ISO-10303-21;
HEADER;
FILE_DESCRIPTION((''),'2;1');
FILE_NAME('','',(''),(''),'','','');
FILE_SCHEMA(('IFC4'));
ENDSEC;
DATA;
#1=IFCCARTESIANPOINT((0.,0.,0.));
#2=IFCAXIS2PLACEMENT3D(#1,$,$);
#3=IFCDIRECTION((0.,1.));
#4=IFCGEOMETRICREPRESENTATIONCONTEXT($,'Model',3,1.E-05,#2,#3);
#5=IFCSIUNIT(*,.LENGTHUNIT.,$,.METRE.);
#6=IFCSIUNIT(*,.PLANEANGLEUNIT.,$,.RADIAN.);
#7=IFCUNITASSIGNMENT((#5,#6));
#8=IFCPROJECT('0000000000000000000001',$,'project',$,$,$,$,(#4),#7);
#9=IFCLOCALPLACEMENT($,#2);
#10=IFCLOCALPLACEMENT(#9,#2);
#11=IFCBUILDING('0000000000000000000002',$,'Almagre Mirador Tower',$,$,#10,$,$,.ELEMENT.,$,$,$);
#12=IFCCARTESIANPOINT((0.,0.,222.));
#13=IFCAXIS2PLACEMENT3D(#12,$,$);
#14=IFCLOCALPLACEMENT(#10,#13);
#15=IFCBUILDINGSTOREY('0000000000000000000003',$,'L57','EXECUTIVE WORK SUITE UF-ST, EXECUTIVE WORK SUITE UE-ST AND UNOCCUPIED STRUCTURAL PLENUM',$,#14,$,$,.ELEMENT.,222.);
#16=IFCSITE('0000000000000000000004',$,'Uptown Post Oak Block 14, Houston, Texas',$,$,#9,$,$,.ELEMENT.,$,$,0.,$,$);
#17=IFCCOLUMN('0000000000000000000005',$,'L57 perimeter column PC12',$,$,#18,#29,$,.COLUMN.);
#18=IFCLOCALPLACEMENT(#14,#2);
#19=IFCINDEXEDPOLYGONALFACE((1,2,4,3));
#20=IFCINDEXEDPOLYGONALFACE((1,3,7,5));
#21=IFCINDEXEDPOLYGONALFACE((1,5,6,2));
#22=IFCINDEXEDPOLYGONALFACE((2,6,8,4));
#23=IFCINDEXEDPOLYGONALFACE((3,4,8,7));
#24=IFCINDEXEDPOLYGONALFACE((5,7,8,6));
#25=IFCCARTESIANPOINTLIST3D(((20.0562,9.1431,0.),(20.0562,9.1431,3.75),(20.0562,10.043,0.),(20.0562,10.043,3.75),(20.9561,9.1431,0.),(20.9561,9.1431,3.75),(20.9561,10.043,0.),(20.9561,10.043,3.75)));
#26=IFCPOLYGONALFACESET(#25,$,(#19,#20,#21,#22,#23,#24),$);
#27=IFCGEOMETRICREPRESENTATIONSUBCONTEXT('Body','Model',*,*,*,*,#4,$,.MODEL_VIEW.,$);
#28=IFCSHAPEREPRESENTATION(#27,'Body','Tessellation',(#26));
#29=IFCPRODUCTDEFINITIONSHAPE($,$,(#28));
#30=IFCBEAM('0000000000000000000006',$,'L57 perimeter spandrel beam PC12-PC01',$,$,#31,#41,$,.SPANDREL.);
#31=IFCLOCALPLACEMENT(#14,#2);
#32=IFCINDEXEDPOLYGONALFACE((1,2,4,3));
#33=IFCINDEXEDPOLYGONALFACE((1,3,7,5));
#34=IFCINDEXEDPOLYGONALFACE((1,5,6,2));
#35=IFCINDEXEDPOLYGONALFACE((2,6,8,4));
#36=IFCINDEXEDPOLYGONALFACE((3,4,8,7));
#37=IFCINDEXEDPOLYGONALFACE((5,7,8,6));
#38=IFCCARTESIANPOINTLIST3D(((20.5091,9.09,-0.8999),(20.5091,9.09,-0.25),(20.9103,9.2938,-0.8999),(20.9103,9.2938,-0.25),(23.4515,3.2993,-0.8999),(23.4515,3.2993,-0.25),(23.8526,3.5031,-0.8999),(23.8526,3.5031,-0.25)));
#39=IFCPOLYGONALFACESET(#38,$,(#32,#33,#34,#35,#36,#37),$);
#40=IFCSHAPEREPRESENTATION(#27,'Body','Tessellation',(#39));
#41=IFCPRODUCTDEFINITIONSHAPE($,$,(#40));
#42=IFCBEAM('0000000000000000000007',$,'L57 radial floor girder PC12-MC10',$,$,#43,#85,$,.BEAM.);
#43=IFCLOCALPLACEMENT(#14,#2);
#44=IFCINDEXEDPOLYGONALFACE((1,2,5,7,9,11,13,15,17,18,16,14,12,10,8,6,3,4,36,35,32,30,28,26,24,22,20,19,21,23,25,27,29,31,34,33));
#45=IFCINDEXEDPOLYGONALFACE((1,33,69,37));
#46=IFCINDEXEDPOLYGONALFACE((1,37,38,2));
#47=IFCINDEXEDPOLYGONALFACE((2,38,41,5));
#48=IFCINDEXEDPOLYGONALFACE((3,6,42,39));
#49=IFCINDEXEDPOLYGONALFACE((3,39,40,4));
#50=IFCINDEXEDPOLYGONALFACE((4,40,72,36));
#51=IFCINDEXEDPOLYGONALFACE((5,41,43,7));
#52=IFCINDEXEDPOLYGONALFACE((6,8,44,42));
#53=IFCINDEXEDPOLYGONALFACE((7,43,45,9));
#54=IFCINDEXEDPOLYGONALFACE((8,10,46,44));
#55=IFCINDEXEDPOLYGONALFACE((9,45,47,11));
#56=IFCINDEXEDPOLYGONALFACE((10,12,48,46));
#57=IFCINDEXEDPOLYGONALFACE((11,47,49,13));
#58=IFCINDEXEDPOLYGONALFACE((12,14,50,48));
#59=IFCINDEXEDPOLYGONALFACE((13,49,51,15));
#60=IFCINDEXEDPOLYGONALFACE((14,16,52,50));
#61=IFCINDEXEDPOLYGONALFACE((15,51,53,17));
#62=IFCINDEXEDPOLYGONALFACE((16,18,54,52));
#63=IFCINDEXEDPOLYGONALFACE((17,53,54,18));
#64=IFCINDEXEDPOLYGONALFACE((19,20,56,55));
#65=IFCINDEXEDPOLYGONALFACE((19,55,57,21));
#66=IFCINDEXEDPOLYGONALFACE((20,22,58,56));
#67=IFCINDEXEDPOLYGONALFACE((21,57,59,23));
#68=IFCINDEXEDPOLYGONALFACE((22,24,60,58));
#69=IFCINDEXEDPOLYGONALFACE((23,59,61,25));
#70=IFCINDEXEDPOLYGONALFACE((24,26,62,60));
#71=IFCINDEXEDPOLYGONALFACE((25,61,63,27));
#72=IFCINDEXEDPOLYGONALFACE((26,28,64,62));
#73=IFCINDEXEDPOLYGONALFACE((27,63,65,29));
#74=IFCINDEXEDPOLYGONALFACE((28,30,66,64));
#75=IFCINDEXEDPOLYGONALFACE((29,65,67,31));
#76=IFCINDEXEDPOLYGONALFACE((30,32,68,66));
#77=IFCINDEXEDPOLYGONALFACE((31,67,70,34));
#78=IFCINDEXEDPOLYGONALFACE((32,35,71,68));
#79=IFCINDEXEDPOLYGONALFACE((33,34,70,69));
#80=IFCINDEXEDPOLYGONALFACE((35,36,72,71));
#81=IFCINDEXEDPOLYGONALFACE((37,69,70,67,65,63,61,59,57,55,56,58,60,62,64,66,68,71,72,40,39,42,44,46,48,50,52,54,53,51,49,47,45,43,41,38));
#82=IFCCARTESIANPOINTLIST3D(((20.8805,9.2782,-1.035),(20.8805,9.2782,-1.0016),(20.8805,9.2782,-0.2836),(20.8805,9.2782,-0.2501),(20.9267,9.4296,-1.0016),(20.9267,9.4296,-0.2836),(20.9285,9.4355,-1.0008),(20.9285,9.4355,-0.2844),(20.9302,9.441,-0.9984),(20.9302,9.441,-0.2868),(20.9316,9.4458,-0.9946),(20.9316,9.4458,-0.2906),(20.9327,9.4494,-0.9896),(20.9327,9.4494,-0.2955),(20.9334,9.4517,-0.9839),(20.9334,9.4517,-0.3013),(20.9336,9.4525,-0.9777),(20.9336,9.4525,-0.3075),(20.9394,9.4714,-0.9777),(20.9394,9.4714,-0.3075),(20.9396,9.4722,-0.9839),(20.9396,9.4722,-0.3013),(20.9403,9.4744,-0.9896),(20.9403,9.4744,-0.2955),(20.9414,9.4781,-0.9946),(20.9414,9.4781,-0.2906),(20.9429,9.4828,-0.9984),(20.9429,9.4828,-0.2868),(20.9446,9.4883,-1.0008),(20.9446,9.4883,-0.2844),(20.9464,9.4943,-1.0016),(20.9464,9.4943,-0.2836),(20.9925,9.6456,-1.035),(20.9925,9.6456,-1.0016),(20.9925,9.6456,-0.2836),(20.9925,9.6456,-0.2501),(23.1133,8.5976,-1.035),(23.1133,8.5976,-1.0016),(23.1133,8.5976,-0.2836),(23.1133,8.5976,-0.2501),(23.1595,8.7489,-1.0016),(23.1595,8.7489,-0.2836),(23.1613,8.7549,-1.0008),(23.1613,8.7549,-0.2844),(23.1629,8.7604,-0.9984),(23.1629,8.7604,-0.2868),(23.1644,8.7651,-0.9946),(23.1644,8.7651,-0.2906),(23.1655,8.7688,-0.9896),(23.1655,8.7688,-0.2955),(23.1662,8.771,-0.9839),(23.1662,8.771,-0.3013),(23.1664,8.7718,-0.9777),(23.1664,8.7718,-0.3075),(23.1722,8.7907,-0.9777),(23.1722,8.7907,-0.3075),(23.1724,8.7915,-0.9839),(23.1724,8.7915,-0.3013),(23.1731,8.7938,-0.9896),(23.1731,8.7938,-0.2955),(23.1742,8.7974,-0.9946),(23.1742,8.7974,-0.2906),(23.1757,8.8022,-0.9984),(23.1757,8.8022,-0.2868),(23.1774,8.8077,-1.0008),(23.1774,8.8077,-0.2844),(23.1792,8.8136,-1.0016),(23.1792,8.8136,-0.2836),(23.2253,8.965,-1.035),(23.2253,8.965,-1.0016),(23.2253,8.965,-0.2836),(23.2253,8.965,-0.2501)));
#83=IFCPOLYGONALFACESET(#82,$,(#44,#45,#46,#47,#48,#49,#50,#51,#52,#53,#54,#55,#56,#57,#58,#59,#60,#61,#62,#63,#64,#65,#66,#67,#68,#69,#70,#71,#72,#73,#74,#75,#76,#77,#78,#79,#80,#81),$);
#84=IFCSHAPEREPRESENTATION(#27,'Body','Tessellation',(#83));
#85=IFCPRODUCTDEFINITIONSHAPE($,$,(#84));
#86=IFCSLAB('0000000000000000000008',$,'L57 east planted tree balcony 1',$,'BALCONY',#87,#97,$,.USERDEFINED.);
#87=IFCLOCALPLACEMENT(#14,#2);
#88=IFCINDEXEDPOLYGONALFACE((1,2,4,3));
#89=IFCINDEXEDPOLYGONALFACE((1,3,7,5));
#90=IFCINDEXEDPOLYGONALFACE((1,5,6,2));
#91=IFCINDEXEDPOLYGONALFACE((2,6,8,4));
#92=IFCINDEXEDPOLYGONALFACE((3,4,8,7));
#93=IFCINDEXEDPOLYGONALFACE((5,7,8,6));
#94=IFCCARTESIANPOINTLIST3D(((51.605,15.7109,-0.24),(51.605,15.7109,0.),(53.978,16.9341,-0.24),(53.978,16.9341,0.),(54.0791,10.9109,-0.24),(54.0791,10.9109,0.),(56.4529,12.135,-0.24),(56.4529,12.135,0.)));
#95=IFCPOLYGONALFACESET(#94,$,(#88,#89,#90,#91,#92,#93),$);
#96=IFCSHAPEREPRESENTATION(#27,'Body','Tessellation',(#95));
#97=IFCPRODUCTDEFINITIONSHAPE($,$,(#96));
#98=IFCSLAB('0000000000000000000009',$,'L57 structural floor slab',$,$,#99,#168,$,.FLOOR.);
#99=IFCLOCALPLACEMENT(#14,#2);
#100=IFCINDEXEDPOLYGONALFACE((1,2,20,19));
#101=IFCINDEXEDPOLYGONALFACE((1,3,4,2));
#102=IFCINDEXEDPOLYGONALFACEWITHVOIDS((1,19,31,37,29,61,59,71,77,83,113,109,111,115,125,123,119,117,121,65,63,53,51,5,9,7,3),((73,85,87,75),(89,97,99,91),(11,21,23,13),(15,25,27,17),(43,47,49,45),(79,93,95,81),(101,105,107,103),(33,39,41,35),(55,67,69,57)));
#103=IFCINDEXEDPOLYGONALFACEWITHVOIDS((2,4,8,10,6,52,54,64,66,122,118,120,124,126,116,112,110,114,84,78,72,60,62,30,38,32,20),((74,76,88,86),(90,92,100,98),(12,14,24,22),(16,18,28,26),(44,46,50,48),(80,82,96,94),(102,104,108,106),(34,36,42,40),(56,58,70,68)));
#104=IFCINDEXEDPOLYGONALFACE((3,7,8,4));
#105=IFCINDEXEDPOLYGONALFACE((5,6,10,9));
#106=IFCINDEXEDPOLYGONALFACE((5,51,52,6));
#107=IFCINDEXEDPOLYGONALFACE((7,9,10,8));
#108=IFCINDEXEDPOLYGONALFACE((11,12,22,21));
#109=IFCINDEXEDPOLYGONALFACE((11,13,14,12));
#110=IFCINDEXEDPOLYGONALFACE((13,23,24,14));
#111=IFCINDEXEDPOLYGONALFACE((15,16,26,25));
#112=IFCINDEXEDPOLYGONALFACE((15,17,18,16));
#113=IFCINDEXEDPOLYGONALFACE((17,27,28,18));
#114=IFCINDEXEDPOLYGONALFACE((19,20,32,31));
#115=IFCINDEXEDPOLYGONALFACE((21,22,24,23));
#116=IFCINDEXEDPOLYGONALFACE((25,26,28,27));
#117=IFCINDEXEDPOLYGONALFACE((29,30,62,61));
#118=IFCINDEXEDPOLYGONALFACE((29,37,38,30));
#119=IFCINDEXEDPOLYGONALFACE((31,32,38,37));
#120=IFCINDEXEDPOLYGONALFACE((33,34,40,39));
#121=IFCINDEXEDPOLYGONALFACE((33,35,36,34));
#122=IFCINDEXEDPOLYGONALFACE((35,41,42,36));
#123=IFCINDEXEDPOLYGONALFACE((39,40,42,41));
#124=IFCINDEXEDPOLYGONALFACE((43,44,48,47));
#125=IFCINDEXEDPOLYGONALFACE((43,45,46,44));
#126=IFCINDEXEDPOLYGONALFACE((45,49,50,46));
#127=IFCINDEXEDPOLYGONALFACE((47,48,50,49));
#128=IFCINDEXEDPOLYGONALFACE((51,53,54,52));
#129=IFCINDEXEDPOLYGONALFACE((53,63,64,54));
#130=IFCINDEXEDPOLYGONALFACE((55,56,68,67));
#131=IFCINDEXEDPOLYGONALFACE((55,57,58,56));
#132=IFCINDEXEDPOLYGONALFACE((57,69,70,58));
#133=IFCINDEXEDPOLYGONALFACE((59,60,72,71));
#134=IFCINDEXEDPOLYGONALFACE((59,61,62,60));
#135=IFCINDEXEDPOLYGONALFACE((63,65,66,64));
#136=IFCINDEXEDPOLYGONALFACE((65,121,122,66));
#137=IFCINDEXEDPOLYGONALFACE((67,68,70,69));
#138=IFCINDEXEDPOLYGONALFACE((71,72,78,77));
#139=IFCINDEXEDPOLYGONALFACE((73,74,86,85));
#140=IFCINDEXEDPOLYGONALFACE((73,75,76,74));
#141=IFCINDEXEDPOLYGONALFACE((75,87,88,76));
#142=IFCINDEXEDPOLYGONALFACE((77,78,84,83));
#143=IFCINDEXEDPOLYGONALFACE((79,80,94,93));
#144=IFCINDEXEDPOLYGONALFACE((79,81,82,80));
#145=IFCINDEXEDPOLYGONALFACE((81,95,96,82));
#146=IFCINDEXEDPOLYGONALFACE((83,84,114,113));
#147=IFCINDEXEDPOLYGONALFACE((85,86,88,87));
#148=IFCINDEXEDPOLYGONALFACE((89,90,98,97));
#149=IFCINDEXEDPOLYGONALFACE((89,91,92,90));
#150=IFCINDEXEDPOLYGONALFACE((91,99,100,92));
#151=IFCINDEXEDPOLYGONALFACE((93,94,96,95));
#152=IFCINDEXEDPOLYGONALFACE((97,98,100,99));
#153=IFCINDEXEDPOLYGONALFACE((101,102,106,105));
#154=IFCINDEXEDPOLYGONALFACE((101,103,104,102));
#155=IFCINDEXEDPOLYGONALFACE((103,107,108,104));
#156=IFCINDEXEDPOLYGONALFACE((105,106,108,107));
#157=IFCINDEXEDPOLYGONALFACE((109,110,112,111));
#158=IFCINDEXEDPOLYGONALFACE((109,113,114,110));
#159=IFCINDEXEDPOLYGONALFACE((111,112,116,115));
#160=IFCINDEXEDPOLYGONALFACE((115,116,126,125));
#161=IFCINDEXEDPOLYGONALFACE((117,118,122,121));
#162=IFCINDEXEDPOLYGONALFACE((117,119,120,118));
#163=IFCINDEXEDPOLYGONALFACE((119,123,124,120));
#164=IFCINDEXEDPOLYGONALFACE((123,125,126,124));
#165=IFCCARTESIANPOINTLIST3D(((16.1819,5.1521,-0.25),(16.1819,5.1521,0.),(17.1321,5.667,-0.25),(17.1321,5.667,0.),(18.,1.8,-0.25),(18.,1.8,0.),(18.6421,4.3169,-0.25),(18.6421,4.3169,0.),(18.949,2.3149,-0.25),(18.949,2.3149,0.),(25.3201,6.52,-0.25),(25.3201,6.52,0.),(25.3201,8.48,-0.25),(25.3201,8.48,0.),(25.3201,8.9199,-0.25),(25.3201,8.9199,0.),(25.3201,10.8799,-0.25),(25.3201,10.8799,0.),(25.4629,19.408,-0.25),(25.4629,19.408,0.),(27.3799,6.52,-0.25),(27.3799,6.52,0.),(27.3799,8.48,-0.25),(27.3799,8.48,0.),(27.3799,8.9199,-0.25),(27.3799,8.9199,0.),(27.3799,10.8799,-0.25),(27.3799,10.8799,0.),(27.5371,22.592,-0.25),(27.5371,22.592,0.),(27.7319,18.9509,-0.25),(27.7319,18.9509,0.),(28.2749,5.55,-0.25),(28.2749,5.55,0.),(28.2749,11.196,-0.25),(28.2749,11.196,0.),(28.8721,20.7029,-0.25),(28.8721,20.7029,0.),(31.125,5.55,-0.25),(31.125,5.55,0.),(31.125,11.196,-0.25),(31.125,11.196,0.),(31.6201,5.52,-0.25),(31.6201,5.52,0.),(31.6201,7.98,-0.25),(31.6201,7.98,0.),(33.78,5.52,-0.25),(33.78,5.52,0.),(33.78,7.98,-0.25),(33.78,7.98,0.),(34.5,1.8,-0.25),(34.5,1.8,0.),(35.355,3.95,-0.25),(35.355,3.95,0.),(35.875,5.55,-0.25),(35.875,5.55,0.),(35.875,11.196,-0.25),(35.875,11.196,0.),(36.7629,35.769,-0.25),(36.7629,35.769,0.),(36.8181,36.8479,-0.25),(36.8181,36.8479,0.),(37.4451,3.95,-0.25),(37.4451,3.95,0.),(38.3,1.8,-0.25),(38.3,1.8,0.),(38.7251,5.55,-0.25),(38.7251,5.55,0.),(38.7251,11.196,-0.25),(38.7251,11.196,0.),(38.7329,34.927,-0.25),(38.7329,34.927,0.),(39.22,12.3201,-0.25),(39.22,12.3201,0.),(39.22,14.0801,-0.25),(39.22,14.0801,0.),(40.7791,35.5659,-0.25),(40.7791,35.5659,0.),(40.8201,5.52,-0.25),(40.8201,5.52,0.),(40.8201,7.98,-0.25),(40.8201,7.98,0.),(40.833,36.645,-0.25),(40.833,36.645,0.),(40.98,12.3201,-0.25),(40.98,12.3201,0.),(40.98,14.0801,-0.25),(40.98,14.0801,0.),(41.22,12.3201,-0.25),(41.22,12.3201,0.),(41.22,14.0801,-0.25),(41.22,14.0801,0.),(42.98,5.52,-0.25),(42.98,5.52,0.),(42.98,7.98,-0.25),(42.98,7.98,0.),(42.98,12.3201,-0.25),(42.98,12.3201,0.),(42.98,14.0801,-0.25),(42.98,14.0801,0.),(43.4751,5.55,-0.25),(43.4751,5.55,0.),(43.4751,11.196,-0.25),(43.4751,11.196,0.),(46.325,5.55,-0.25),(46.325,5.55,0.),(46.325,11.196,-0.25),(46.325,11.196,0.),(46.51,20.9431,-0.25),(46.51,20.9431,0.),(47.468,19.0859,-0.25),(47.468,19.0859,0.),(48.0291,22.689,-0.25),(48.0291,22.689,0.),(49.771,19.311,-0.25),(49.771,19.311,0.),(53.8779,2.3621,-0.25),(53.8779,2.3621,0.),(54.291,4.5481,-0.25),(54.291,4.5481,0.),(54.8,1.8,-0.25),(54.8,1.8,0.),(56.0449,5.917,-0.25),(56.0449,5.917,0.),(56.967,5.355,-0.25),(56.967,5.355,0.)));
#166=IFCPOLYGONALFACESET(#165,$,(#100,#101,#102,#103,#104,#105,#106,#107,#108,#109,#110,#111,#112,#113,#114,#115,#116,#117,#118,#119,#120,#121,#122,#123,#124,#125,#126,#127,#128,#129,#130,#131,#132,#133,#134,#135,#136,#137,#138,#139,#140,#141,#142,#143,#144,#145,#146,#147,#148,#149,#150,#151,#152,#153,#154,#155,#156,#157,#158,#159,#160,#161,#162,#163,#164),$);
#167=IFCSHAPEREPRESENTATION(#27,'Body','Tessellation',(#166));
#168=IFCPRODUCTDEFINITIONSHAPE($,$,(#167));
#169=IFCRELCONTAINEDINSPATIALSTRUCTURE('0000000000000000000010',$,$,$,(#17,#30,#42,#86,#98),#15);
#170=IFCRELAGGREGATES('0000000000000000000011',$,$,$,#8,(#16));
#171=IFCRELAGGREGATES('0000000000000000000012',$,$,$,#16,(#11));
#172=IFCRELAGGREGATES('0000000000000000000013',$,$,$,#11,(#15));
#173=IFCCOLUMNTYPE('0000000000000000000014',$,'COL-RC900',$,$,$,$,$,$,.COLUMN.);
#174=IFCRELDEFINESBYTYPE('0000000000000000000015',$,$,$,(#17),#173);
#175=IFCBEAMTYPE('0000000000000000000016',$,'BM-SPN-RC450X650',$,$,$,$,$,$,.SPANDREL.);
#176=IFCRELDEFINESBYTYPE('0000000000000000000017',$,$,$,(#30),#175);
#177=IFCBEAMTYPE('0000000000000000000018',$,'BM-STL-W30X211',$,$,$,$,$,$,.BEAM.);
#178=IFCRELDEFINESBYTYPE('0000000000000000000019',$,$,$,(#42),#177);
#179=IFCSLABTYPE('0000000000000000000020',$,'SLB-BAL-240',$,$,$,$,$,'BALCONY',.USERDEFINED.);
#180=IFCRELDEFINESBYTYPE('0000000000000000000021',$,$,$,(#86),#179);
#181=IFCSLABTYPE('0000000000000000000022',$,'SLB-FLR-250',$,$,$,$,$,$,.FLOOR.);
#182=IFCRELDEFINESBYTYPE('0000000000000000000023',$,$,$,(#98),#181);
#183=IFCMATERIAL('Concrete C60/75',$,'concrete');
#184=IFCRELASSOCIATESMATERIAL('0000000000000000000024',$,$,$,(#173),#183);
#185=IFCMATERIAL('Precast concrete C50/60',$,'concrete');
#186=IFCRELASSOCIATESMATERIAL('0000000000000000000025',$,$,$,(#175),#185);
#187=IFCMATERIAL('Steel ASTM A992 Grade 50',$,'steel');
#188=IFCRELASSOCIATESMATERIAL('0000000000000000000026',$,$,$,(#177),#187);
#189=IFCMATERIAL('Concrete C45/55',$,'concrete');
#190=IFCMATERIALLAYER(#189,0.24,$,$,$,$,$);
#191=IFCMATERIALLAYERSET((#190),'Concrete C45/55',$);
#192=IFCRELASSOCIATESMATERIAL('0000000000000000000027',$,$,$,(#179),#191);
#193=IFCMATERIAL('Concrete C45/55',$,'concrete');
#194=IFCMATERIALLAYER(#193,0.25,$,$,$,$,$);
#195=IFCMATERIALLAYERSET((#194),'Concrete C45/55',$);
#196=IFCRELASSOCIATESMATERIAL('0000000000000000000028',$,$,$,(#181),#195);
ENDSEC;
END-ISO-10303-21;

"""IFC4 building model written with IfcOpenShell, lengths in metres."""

from ifc_helpers import new_model, si_unit, direction, frame, origin, origin_2d, place, context, subcontext, project, spatial, polyline, rectangle, i_section, outline, extrude, material, layer, layer_set, material_profile, profile_set, type_object, element, save


model = new_model("IFC4")

# Units and contexts
model_context = context("Model", 3, precision=1e-05, world=origin(), true_north=direction((0.0, 1.0)))
body_context = subcontext(model_context, "Body", "Model", "MODEL_VIEW")
ifc_project = project(units=[si_unit("LENGTHUNIT", "METRE"), si_unit("PLANEANGLEUNIT", "RADIAN")], contexts=[model_context])

# Site, building, storey
site_placement = place(None, origin())
site = spatial("IfcSite", under=ifc_project, at=site_placement, Name="Uptown Post Oak Block 14, Houston, Texas", CompositionType="ELEMENT", RefElevation=0.0)
building_placement = place(site_placement, origin())
building = spatial("IfcBuilding", under=site, at=building_placement, Name="Almagre Mirador Tower", CompositionType="ELEMENT")
storey_placement = place(building_placement, frame((0.0, 0.0, 222.0)))
storey = spatial("IfcBuildingStorey", under=building, at=storey_placement, Name="L57", Description="EXECUTIVE WORK SUITE UF-ST, EXECUTIVE WORK SUITE UE-ST AND UNOCCUPIED STRUCTURAL PLENUM", CompositionType="ELEMENT", Elevation=222.0)

# Column
ifc_material_1 = material(Name="Concrete C60/75", Category="concrete")
ifc_material_profile_1 = material_profile(ifc_material_1, rectangle(XDim=0.8999, YDim=0.8999, at=origin_2d()), Name="RC900X900")
ifc_profile_set_1 = profile_set([ifc_material_profile_1], Name="Concrete C60/75")
column_type = type_object("IfcColumnType", Name="COL-RC900", PredefinedType="COLUMN", material=ifc_profile_set_1)
column_placement = place(storey_placement, frame((20.5061, 9.593, 0.0), z_axis=(0.0, 0.0, 1.0), x_axis=(1.0, 0.0, 0.0)))
element("IfcColumn", 1, at=column_placement, inside=storey, type_object=column_type, Name="L57 perimeter column PC12", PredefinedType="COLUMN", context=body_context, shape_type="SweptSolid", body=[
    extrude(rectangle(XDim=0.8999, YDim=0.8999, at=origin_2d()), origin(), (0.0, 0.0, 1.0), 3.75),
])

# Beams
ifc_material_2 = material(Name="Precast concrete C50/60", Category="concrete")
ifc_material_profile_2 = material_profile(ifc_material_2, rectangle(XDim=0.45, YDim=0.6499, at=origin_2d()), Name="RC450X650")
ifc_profile_set_2 = profile_set([ifc_material_profile_2], Name="Precast concrete C50/60")
beam_type_1 = type_object("IfcBeamType", Name="BM-SPN-RC450X650", PredefinedType="SPANDREL", material=ifc_profile_set_2)
beam_1_placement = place(storey_placement, frame((20.7097, 9.1919, -0.575), z_axis=(0.452993, -0.891514, 0.0), x_axis=(0.891514, 0.452993, 0.0)))
element("IfcBeam", 2, at=beam_1_placement, inside=storey, type_object=beam_type_1, Name="L57 perimeter spandrel beam PC12-PC01", PredefinedType="SPANDREL", context=body_context, shape_type="SweptSolid", body=[
    extrude(rectangle(XDim=0.45, YDim=0.6499, at=origin_2d()), origin(), (0.0, 0.0, 1.0), 6.4954),
])
ifc_material_3 = material(Name="Steel ASTM A992 Grade 50", Category="steel")
ifc_material_profile_3 = material_profile(ifc_material_3, i_section(OverallWidth=0.384, OverallDepth=0.7849, WebThickness=0.0198, FlangeThickness=0.0334, FilletRadius=0.0239, at=origin_2d()), Name="W30X211")
ifc_profile_set_3 = profile_set([ifc_material_profile_3], Name="Steel ASTM A992 Grade 50")
beam_type_2 = type_object("IfcBeamType", Name="BM-STL-W30X211", PredefinedType="BEAM", material=ifc_profile_set_3)
beam_2_placement = place(storey_placement, frame((20.9365, 9.4619, -0.6426), z_axis=(0.956545, -0.291586, 0.0), x_axis=(0.291586, 0.956545, 0.0)))
element("IfcBeam", 3, at=beam_2_placement, inside=storey, type_object=beam_type_2, Name="L57 radial floor girder PC12-MC10", PredefinedType="BEAM", context=body_context, shape_type="SweptSolid", body=[
    extrude(i_section(OverallWidth=0.384, OverallDepth=0.7849, WebThickness=0.0198, FlangeThickness=0.0334, FilletRadius=0.0239, at=origin_2d()), origin(), (0.0, 0.0, 1.0), 2.3342),
])

# Slabs
ifc_material_4 = material(Name="Concrete C45/55", Category="concrete")
ifc_layer_1 = layer(ifc_material_4, 0.24)
ifc_layer_set_1 = layer_set([ifc_layer_1], Name="Concrete C45/55")
slab_type_1 = type_object("IfcSlabType", Name="SLB-BAL-240", ElementType="BALCONY", PredefinedType="USERDEFINED", material=ifc_layer_set_1)
slab_1_placement = place(storey_placement, frame((0.0, 0.0, -0.24)))
element("IfcSlab", 4, at=slab_1_placement, inside=storey, type_object=slab_type_1, Name="L57 east planted tree balcony 1", ObjectType="BALCONY", PredefinedType="USERDEFINED", context=body_context, shape_type="SweptSolid", body=[
    extrude(outline(polyline([(54.0791, 10.9109), (51.605, 15.7109), (53.978, 16.9341), (56.4529, 12.135), (54.0791, 10.9109)])), origin(), (0.0, 0.0, 1.0), 0.24),
])
ifc_material_5 = material(Name="Concrete C45/55", Category="concrete")
ifc_layer_2 = layer(ifc_material_5, 0.25)
ifc_layer_set_2 = layer_set([ifc_layer_2], Name="Concrete C45/55")
slab_type_2 = type_object("IfcSlabType", Name="SLB-FLR-250", PredefinedType="FLOOR", material=ifc_layer_set_2)
slab_2_placement = place(storey_placement, frame((0.0, 0.0, -0.25)))
element("IfcSlab", 5, at=slab_2_placement, inside=storey, type_object=slab_type_2, Name="L57 structural floor slab", PredefinedType="FLOOR", context=body_context, shape_type="SweptSolid", body=[
    extrude(outline(polyline([(16.1819, 5.1521), (17.1321, 5.667), (18.6421, 4.3169), (18.949, 2.3149), (18.0, 1.8), (34.5, 1.8), (35.355, 3.95), (37.4451, 3.95), (38.3, 1.8), (54.8, 1.8), (53.8779, 2.3621), (54.291, 4.5481), (56.0449, 5.917), (56.967, 5.355), (49.771, 19.311), (47.468, 19.0859), (46.51, 20.9431), (48.0291, 22.689), (40.833, 36.645), (40.7791, 35.5659), (38.7329, 34.927), (36.7629, 35.769), (36.8181, 36.8479), (27.5371, 22.592), (28.8721, 20.7029), (27.7319, 18.9509), (25.4629, 19.408), (16.1819, 5.1521)]), holes=[polyline([(43.4751, 5.55), (43.4751, 11.196), (46.325, 11.196), (46.325, 5.55), (43.4751, 5.55)]), polyline([(41.22, 12.3201), (41.22, 14.0801), (42.98, 14.0801), (42.98, 12.3201), (41.22, 12.3201)]), polyline([(42.98, 5.52), (40.8201, 5.52), (40.8201, 7.98), (42.98, 7.98), (42.98, 5.52)]), polyline([(39.22, 12.3201), (39.22, 14.0801), (40.98, 14.0801), (40.98, 12.3201), (39.22, 12.3201)]), polyline([(35.875, 5.55), (35.875, 11.196), (38.7251, 11.196), (38.7251, 5.55), (35.875, 5.55)]), polyline([(33.78, 5.52), (31.6201, 5.52), (31.6201, 7.98), (33.78, 7.98), (33.78, 5.52)]), polyline([(28.2749, 5.55), (28.2749, 11.196), (31.125, 11.196), (31.125, 5.55), (28.2749, 5.55)]), polyline([(27.3799, 6.52), (25.3201, 6.52), (25.3201, 8.48), (27.3799, 8.48), (27.3799, 6.52)]), polyline([(27.3799, 8.9199), (25.3201, 8.9199), (25.3201, 10.8799), (27.3799, 10.8799), (27.3799, 8.9199)])]), origin(), (0.0, 0.0, 1.0), 0.25),
])

save(model, "model.ifc")
